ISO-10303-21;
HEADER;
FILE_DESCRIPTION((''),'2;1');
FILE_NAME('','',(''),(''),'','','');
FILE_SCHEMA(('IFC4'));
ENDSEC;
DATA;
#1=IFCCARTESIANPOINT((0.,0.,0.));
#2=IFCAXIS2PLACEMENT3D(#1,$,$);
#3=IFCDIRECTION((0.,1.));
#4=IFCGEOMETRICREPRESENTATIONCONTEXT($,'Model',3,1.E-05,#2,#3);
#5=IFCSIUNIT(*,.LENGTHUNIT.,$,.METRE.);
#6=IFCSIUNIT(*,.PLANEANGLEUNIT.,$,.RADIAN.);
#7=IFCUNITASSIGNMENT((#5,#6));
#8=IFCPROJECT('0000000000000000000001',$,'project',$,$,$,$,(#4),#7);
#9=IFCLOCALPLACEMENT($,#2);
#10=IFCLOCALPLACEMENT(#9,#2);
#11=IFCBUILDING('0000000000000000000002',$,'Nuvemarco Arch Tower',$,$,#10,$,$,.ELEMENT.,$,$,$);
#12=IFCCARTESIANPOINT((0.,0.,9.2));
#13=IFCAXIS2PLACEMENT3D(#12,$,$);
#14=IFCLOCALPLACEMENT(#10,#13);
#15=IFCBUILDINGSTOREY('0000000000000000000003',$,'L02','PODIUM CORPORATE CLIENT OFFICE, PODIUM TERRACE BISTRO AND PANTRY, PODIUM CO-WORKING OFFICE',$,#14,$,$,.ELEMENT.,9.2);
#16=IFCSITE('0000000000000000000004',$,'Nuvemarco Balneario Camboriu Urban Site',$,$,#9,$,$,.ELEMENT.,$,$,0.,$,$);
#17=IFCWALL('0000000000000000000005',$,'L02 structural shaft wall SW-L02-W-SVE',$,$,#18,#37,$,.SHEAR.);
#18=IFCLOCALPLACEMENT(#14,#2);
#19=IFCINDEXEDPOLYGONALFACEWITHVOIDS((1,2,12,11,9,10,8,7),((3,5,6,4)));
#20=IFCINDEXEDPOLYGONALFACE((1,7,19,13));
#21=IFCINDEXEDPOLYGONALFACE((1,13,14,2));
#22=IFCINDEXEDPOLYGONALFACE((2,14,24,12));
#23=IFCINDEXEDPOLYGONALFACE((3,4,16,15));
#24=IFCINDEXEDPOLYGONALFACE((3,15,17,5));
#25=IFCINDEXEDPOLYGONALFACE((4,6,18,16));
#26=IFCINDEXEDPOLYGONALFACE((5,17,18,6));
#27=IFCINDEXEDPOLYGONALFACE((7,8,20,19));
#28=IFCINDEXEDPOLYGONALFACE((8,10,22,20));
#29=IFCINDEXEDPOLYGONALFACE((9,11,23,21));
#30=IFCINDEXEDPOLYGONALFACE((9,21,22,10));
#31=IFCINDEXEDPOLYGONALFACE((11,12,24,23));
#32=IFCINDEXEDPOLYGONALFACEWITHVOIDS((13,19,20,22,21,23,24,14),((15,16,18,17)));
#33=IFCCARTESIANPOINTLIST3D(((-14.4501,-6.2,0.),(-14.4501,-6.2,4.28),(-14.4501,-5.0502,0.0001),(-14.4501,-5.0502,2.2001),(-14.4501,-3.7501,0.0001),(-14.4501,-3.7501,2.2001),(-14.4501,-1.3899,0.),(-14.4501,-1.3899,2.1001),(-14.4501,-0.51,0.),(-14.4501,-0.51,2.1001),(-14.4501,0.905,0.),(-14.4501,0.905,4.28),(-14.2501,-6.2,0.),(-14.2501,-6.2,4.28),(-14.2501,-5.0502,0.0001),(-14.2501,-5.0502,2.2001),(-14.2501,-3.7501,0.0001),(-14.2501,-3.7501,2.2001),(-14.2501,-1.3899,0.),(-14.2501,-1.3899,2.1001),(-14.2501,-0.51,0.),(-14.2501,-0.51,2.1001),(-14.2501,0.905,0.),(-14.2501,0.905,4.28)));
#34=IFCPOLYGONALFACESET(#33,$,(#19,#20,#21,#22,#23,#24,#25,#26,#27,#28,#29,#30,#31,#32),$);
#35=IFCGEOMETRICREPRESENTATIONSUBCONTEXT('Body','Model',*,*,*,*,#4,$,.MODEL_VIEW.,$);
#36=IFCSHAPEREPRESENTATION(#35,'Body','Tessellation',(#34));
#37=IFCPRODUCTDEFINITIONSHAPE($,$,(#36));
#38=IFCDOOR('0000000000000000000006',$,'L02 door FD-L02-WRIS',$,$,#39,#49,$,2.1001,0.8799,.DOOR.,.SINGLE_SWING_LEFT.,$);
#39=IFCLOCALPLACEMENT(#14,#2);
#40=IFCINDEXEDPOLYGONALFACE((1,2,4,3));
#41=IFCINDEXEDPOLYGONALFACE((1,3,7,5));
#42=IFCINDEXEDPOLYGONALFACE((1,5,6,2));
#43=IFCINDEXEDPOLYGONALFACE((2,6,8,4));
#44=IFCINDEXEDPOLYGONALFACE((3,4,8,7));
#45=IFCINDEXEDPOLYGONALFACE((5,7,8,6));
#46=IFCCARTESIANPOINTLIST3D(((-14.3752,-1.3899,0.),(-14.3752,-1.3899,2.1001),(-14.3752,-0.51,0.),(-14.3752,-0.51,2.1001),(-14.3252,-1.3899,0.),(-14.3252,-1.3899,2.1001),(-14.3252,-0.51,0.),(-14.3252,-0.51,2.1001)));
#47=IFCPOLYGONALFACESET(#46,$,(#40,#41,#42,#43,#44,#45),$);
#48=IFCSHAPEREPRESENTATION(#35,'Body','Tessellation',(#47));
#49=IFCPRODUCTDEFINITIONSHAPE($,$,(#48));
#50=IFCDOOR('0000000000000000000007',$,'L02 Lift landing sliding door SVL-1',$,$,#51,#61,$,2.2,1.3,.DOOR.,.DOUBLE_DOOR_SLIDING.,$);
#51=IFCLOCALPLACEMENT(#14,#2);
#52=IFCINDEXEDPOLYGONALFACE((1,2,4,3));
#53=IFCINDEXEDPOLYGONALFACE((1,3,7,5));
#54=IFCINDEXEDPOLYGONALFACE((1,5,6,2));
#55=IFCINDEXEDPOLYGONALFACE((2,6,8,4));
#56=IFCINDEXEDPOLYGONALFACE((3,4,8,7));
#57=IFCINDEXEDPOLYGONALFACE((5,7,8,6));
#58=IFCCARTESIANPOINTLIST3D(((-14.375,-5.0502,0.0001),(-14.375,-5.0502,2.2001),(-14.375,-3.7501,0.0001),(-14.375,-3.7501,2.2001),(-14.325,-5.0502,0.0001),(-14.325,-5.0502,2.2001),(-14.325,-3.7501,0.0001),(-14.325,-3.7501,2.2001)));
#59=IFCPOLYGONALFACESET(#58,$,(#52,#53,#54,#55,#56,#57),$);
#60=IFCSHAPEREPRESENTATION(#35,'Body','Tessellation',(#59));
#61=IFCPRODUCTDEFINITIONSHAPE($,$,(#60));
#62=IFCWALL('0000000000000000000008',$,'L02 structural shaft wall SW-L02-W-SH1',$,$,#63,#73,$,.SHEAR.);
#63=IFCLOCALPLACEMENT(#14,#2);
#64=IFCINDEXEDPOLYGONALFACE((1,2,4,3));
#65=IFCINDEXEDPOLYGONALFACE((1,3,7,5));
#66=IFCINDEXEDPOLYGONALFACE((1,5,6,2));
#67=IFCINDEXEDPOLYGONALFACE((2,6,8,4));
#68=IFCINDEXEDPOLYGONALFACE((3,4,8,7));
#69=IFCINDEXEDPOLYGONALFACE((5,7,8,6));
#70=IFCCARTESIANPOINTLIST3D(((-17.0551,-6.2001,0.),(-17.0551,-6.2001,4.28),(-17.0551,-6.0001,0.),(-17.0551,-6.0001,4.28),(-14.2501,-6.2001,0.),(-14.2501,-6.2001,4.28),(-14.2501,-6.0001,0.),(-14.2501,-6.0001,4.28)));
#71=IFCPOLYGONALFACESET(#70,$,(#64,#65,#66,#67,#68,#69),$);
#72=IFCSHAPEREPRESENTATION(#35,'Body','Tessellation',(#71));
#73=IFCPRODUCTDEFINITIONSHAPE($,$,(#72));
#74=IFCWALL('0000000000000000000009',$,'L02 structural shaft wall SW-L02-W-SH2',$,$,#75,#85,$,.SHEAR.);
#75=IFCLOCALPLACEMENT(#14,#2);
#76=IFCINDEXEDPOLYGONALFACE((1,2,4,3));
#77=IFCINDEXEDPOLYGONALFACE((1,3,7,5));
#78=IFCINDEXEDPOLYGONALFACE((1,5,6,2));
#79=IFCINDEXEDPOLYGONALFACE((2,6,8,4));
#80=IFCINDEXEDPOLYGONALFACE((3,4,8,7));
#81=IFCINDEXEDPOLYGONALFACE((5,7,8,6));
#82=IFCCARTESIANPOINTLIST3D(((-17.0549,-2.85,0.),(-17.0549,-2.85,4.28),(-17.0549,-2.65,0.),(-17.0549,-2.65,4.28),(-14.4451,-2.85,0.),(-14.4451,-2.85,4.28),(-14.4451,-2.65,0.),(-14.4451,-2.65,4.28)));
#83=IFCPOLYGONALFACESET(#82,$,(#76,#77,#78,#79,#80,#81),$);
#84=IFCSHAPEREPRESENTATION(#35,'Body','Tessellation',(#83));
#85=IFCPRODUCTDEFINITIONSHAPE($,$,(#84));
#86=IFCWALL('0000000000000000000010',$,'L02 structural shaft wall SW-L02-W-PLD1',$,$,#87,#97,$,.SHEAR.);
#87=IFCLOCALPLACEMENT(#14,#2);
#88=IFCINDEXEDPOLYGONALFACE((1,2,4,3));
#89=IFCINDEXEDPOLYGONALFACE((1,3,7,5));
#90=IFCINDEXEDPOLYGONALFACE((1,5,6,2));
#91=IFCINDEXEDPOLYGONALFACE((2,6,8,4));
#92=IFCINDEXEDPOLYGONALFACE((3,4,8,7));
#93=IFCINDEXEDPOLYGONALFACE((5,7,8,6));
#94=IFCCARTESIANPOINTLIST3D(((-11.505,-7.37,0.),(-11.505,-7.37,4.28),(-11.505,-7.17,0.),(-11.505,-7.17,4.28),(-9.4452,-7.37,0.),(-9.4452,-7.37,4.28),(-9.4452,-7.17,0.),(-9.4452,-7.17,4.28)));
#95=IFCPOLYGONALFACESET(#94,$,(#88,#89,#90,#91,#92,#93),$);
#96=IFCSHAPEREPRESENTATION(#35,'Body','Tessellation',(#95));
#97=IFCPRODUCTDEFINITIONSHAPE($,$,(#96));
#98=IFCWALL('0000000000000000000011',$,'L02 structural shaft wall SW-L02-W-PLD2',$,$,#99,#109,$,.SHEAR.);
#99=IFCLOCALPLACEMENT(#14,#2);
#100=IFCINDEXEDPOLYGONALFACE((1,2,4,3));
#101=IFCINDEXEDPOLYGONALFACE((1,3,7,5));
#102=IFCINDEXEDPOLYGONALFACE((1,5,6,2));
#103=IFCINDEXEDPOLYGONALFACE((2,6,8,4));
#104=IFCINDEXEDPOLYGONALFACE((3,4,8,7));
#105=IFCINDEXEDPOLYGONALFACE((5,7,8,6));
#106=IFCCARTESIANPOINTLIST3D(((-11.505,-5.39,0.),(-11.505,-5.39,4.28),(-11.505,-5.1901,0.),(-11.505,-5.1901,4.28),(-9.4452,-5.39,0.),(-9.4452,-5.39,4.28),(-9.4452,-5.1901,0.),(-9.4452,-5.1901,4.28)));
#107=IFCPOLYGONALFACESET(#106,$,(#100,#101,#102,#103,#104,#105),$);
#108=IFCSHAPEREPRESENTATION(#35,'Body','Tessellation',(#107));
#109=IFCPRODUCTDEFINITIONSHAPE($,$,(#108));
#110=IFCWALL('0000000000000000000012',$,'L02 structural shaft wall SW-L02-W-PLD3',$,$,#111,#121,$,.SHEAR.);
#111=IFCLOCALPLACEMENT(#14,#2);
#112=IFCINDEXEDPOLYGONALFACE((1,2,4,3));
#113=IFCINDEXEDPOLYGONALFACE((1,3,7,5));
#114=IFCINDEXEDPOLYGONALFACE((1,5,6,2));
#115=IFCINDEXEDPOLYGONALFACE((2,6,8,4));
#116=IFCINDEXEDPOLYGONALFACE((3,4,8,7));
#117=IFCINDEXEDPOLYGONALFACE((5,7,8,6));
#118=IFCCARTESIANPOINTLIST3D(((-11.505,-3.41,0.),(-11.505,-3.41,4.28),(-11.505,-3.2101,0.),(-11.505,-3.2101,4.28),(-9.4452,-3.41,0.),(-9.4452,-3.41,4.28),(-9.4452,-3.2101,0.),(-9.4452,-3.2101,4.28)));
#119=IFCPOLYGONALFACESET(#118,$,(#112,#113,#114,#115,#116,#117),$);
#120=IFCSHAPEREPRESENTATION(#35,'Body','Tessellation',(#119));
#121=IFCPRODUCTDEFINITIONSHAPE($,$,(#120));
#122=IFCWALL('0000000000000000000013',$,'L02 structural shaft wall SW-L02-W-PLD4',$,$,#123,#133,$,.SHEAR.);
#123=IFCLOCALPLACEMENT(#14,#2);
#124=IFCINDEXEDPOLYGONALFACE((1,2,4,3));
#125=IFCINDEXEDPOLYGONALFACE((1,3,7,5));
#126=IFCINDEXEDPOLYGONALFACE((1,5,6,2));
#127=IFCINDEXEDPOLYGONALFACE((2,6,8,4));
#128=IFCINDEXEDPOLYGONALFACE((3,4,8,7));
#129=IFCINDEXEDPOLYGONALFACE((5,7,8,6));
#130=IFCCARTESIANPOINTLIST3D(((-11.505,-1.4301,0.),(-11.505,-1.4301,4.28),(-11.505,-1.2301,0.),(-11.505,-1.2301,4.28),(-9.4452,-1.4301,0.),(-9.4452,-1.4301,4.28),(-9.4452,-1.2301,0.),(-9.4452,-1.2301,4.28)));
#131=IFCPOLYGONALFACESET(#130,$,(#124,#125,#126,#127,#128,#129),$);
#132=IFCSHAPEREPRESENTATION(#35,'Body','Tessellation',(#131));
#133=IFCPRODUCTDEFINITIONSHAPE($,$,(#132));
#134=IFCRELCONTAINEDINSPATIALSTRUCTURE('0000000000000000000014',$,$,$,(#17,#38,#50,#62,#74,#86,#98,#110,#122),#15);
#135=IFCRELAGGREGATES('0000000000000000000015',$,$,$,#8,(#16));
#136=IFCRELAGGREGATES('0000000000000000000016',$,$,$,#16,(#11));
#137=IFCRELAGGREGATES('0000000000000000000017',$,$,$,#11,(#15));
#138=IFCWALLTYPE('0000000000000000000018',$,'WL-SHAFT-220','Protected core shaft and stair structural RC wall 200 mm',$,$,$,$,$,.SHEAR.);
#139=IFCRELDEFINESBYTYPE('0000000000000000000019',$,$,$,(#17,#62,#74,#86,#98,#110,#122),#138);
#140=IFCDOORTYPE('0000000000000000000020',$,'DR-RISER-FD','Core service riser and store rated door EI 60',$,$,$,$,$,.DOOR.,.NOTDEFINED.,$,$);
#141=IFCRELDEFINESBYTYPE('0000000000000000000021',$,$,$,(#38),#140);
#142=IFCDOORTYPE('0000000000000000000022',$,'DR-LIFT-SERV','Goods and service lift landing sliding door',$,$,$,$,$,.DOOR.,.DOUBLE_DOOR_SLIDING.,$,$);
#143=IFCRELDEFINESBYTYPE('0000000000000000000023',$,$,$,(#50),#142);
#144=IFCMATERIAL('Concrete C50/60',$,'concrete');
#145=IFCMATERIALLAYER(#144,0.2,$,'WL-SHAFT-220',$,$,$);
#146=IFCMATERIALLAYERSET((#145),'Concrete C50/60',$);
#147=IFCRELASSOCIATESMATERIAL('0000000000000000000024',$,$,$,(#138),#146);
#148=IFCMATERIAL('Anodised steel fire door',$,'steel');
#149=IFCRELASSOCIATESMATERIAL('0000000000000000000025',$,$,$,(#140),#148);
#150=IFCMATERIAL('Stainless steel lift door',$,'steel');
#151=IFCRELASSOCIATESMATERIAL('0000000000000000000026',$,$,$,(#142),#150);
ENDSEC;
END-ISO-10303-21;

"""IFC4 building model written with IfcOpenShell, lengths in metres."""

from ifc_helpers import new_model, si_unit, direction, frame, frame_2d, origin, place, context, subcontext, project, spatial, rectangle, extrude, source, transform, mapped, material, layer, layer_set, type_object, type_shapes, element, fill, save


model = new_model("IFC4")

# Units and contexts
model_context = context("Model", 3, precision=1e-05, world=origin(), true_north=direction((0.0, 1.0)))
body_context = subcontext(model_context, "Body", "Model", "MODEL_VIEW")
ifc_project = project(units=[si_unit("LENGTHUNIT", "METRE"), si_unit("PLANEANGLEUNIT", "RADIAN")], contexts=[model_context])

# Site, building, storey
site_placement = place(None, origin())
site = spatial("IfcSite", under=ifc_project, at=site_placement, Name="Nuvemarco Balneario Camboriu Urban Site", CompositionType="ELEMENT", RefElevation=0.0)
building_placement = place(site_placement, origin())
building = spatial("IfcBuilding", under=site, at=building_placement, Name="Nuvemarco Arch Tower", CompositionType="ELEMENT")
storey_placement = place(building_placement, frame((0.0, 0.0, 9.2)))
storey = spatial("IfcBuildingStorey", under=building, at=storey_placement, Name="L02", Description="PODIUM CORPORATE CLIENT OFFICE, PODIUM TERRACE BISTRO AND PANTRY, PODIUM CO-WORKING OFFICE", CompositionType="ELEMENT", Elevation=9.2)

# Shared definitions
ifc_material_1 = material(Name="Concrete C50/60", Category="concrete")
ifc_layer_1 = layer(ifc_material_1, 0.2, Name="WL-SHAFT-220")
ifc_layer_set_1 = layer_set([ifc_layer_1], Name="Concrete C50/60")
wall_type_1 = type_object("IfcWallType", Name="WL-SHAFT-220", Description="Protected core shaft and stair structural RC wall 200 mm", PredefinedType="SHEAR", material=ifc_layer_set_1)
ifc_material_2 = material(Name="Stainless steel lift door", Category="steel")

# Wall, openings, doors
wall_1_placement = place(storey_placement, frame((-14.3501, -6.2, 0.0), z_axis=(0.0, 0.0, 1.0), x_axis=(0.0, 1.0, 0.0)))
wall_1 = element("IfcWall", 1, at=wall_1_placement, inside=storey, type_object=wall_type_1, Name="L02 structural shaft wall SW-L02-W-SVE", PredefinedType="SHEAR", context=body_context, shape_type="SweptSolid", body=[
    extrude(rectangle(XDim=7.105, YDim=0.2, at=frame_2d((3.5525, 0.0))), origin(), (0.0, 0.0, 1.0), 4.28),
])
opening_1_placement = place(wall_1_placement, frame((5.6899, 0.0, 0.0), z_axis=(0.0, 0.0, 1.0), x_axis=(-1.0, 0.0, 0.0)))
opening_1 = element("IfcOpeningElement", 2, at=opening_1_placement, cuts=wall_1, PredefinedType="OPENING", context=body_context, shape_type="SweptSolid", body=[
    extrude(rectangle(XDim=0.8799, YDim=2.1001, at=frame_2d((0.4399, 1.05))), frame((0.0, 0.1099, 0.0), z_axis=(0.0, -1.0, 0.0), x_axis=(1.0, 0.0, 0.0)), (0.0, 0.0, 1.0), 0.22),
])
opening_2_placement = place(wall_1_placement, frame((1.1499, 0.0, 0.0)))
opening_2 = element("IfcOpeningElement", 3, at=opening_2_placement, cuts=wall_1, PredefinedType="OPENING", context=body_context, shape_type="SweptSolid", body=[
    extrude(rectangle(XDim=1.3, YDim=2.2, at=frame_2d((0.6499, 1.1001))), frame((0.0, 0.1099, 0.0), z_axis=(0.0, -1.0, 0.0), x_axis=(1.0, 0.0, 0.0)), (0.0, 0.0, 1.0), 0.22),
])
ifc_material_3 = material(Name="Anodised steel fire door", Category="steel")
door_type_1 = type_object("IfcDoorType", Name="DR-RISER-FD", Description="Core service riser and store rated door EI 60", OperationType="NOTDEFINED", PredefinedType="DOOR", material=ifc_material_3)
shared_shape_1 = source(origin(), body_context, "Body", "SweptSolid", [
    extrude(rectangle(XDim=0.8799, YDim=2.1001, at=frame_2d((0.4399, 1.05))), frame((0.0, 0.0249, 0.0), z_axis=(0.0, -1.0, 0.0), x_axis=(1.0, 0.0, 0.0)), (0.0, 0.0, 1.0), 0.05),
])
type_shapes(door_type_1, [shared_shape_1])
door_1_placement = place(opening_1_placement, origin())
door_1 = element("IfcDoor", 4, at=door_1_placement, inside=storey, type_object=door_type_1, Name="L02 door FD-L02-WRIS", OperationType="SINGLE_SWING_LEFT", OverallHeight=2.1001, OverallWidth=0.8799, PredefinedType="DOOR", context=body_context, shape_type="MappedRepresentation", body=[
    mapped(shared_shape_1, transform((0.0, 0.0, 0.0), scale=1.0)),
])
fill(opening_1, door_1)
door_type_2 = type_object("IfcDoorType", Name="DR-LIFT-SERV", Description="Goods and service lift landing sliding door", OperationType="DOUBLE_DOOR_SLIDING", PredefinedType="DOOR", material=ifc_material_2)
shared_shape_2 = source(origin(), body_context, "Body", "SweptSolid", [
    extrude(rectangle(XDim=1.3, YDim=2.2, at=frame_2d((0.6499, 1.1001))), frame((0.0, 0.0249, 0.0), z_axis=(0.0, -1.0, 0.0), x_axis=(1.0, 0.0, 0.0)), (0.0, 0.0, 1.0), 0.05),
])
type_shapes(door_type_2, [shared_shape_2])
door_2_placement = place(opening_2_placement, origin())
door_2 = element("IfcDoor", 5, at=door_2_placement, inside=storey, type_object=door_type_2, Name="L02 Lift landing sliding door SVL-1", OperationType="DOUBLE_DOOR_SLIDING", OverallHeight=2.2, OverallWidth=1.3, PredefinedType="DOOR", context=body_context, shape_type="MappedRepresentation", body=[
    mapped(shared_shape_2, transform((0.0, 0.0, 0.0), scale=1.0)),
])
fill(opening_2, door_2)

# Walls
wall_2_placement = place(storey_placement, frame((-17.0549, -6.1001, 0.0), z_axis=(0.0, 0.0, 1.0), x_axis=(1.0, 0.0, 0.0)))
element("IfcWall", 6, at=wall_2_placement, inside=storey, type_object=wall_type_1, Name="L02 structural shaft wall SW-L02-W-SH1", PredefinedType="SHEAR", context=body_context, shape_type="SweptSolid", body=[
    extrude(rectangle(XDim=2.8049, YDim=0.2, at=frame_2d((1.4023, 0.0))), origin(), (0.0, 0.0, 1.0), 4.28),
])
wall_3_placement = place(storey_placement, frame((-17.0549, -2.75, 0.0), z_axis=(0.0, 0.0, 1.0), x_axis=(1.0, 0.0, 0.0)))
element("IfcWall", 7, at=wall_3_placement, inside=storey, type_object=wall_type_1, Name="L02 structural shaft wall SW-L02-W-SH2", PredefinedType="SHEAR", context=body_context, shape_type="SweptSolid", body=[
    extrude(rectangle(XDim=2.6099, YDim=0.2, at=frame_2d((1.3049, 0.0))), origin(), (0.0, 0.0, 1.0), 4.28),
])

# Walls
for number, where, z_axis, x_axis, name in (
    (8, (-11.5049, -7.27, 0.0), (0.0, 0.0, 1.0), (1.0, 0.0, 0.0), "L02 structural shaft wall SW-L02-W-PLD1"),
    (9, (-11.5049, -5.29, 0.0), (0.0, 0.0, 1.0), (1.0, 0.0, 0.0), "L02 structural shaft wall SW-L02-W-PLD2"),
    (10, (-11.5049, -3.3101, 0.0), (0.0, 0.0, 1.0), (1.0, 0.0, 0.0), "L02 structural shaft wall SW-L02-W-PLD3"),
    (11, (-11.5049, -1.3301, 0.0), (0.0, 0.0, 1.0), (1.0, 0.0, 0.0), "L02 structural shaft wall SW-L02-W-PLD4"),
):
    element("IfcWall", number, at=place(storey_placement, frame(where, z_axis=z_axis, x_axis=x_axis)), inside=storey, type_object=wall_type_1, Name=name, PredefinedType="SHEAR", context=body_context, shape_type="SweptSolid", body=[
        extrude(rectangle(XDim=2.0598, YDim=0.2, at=frame_2d((1.0298, 0.0))), origin(), (0.0, 0.0, 1.0), 4.28),
    ])

save(model, "model.ifc")
